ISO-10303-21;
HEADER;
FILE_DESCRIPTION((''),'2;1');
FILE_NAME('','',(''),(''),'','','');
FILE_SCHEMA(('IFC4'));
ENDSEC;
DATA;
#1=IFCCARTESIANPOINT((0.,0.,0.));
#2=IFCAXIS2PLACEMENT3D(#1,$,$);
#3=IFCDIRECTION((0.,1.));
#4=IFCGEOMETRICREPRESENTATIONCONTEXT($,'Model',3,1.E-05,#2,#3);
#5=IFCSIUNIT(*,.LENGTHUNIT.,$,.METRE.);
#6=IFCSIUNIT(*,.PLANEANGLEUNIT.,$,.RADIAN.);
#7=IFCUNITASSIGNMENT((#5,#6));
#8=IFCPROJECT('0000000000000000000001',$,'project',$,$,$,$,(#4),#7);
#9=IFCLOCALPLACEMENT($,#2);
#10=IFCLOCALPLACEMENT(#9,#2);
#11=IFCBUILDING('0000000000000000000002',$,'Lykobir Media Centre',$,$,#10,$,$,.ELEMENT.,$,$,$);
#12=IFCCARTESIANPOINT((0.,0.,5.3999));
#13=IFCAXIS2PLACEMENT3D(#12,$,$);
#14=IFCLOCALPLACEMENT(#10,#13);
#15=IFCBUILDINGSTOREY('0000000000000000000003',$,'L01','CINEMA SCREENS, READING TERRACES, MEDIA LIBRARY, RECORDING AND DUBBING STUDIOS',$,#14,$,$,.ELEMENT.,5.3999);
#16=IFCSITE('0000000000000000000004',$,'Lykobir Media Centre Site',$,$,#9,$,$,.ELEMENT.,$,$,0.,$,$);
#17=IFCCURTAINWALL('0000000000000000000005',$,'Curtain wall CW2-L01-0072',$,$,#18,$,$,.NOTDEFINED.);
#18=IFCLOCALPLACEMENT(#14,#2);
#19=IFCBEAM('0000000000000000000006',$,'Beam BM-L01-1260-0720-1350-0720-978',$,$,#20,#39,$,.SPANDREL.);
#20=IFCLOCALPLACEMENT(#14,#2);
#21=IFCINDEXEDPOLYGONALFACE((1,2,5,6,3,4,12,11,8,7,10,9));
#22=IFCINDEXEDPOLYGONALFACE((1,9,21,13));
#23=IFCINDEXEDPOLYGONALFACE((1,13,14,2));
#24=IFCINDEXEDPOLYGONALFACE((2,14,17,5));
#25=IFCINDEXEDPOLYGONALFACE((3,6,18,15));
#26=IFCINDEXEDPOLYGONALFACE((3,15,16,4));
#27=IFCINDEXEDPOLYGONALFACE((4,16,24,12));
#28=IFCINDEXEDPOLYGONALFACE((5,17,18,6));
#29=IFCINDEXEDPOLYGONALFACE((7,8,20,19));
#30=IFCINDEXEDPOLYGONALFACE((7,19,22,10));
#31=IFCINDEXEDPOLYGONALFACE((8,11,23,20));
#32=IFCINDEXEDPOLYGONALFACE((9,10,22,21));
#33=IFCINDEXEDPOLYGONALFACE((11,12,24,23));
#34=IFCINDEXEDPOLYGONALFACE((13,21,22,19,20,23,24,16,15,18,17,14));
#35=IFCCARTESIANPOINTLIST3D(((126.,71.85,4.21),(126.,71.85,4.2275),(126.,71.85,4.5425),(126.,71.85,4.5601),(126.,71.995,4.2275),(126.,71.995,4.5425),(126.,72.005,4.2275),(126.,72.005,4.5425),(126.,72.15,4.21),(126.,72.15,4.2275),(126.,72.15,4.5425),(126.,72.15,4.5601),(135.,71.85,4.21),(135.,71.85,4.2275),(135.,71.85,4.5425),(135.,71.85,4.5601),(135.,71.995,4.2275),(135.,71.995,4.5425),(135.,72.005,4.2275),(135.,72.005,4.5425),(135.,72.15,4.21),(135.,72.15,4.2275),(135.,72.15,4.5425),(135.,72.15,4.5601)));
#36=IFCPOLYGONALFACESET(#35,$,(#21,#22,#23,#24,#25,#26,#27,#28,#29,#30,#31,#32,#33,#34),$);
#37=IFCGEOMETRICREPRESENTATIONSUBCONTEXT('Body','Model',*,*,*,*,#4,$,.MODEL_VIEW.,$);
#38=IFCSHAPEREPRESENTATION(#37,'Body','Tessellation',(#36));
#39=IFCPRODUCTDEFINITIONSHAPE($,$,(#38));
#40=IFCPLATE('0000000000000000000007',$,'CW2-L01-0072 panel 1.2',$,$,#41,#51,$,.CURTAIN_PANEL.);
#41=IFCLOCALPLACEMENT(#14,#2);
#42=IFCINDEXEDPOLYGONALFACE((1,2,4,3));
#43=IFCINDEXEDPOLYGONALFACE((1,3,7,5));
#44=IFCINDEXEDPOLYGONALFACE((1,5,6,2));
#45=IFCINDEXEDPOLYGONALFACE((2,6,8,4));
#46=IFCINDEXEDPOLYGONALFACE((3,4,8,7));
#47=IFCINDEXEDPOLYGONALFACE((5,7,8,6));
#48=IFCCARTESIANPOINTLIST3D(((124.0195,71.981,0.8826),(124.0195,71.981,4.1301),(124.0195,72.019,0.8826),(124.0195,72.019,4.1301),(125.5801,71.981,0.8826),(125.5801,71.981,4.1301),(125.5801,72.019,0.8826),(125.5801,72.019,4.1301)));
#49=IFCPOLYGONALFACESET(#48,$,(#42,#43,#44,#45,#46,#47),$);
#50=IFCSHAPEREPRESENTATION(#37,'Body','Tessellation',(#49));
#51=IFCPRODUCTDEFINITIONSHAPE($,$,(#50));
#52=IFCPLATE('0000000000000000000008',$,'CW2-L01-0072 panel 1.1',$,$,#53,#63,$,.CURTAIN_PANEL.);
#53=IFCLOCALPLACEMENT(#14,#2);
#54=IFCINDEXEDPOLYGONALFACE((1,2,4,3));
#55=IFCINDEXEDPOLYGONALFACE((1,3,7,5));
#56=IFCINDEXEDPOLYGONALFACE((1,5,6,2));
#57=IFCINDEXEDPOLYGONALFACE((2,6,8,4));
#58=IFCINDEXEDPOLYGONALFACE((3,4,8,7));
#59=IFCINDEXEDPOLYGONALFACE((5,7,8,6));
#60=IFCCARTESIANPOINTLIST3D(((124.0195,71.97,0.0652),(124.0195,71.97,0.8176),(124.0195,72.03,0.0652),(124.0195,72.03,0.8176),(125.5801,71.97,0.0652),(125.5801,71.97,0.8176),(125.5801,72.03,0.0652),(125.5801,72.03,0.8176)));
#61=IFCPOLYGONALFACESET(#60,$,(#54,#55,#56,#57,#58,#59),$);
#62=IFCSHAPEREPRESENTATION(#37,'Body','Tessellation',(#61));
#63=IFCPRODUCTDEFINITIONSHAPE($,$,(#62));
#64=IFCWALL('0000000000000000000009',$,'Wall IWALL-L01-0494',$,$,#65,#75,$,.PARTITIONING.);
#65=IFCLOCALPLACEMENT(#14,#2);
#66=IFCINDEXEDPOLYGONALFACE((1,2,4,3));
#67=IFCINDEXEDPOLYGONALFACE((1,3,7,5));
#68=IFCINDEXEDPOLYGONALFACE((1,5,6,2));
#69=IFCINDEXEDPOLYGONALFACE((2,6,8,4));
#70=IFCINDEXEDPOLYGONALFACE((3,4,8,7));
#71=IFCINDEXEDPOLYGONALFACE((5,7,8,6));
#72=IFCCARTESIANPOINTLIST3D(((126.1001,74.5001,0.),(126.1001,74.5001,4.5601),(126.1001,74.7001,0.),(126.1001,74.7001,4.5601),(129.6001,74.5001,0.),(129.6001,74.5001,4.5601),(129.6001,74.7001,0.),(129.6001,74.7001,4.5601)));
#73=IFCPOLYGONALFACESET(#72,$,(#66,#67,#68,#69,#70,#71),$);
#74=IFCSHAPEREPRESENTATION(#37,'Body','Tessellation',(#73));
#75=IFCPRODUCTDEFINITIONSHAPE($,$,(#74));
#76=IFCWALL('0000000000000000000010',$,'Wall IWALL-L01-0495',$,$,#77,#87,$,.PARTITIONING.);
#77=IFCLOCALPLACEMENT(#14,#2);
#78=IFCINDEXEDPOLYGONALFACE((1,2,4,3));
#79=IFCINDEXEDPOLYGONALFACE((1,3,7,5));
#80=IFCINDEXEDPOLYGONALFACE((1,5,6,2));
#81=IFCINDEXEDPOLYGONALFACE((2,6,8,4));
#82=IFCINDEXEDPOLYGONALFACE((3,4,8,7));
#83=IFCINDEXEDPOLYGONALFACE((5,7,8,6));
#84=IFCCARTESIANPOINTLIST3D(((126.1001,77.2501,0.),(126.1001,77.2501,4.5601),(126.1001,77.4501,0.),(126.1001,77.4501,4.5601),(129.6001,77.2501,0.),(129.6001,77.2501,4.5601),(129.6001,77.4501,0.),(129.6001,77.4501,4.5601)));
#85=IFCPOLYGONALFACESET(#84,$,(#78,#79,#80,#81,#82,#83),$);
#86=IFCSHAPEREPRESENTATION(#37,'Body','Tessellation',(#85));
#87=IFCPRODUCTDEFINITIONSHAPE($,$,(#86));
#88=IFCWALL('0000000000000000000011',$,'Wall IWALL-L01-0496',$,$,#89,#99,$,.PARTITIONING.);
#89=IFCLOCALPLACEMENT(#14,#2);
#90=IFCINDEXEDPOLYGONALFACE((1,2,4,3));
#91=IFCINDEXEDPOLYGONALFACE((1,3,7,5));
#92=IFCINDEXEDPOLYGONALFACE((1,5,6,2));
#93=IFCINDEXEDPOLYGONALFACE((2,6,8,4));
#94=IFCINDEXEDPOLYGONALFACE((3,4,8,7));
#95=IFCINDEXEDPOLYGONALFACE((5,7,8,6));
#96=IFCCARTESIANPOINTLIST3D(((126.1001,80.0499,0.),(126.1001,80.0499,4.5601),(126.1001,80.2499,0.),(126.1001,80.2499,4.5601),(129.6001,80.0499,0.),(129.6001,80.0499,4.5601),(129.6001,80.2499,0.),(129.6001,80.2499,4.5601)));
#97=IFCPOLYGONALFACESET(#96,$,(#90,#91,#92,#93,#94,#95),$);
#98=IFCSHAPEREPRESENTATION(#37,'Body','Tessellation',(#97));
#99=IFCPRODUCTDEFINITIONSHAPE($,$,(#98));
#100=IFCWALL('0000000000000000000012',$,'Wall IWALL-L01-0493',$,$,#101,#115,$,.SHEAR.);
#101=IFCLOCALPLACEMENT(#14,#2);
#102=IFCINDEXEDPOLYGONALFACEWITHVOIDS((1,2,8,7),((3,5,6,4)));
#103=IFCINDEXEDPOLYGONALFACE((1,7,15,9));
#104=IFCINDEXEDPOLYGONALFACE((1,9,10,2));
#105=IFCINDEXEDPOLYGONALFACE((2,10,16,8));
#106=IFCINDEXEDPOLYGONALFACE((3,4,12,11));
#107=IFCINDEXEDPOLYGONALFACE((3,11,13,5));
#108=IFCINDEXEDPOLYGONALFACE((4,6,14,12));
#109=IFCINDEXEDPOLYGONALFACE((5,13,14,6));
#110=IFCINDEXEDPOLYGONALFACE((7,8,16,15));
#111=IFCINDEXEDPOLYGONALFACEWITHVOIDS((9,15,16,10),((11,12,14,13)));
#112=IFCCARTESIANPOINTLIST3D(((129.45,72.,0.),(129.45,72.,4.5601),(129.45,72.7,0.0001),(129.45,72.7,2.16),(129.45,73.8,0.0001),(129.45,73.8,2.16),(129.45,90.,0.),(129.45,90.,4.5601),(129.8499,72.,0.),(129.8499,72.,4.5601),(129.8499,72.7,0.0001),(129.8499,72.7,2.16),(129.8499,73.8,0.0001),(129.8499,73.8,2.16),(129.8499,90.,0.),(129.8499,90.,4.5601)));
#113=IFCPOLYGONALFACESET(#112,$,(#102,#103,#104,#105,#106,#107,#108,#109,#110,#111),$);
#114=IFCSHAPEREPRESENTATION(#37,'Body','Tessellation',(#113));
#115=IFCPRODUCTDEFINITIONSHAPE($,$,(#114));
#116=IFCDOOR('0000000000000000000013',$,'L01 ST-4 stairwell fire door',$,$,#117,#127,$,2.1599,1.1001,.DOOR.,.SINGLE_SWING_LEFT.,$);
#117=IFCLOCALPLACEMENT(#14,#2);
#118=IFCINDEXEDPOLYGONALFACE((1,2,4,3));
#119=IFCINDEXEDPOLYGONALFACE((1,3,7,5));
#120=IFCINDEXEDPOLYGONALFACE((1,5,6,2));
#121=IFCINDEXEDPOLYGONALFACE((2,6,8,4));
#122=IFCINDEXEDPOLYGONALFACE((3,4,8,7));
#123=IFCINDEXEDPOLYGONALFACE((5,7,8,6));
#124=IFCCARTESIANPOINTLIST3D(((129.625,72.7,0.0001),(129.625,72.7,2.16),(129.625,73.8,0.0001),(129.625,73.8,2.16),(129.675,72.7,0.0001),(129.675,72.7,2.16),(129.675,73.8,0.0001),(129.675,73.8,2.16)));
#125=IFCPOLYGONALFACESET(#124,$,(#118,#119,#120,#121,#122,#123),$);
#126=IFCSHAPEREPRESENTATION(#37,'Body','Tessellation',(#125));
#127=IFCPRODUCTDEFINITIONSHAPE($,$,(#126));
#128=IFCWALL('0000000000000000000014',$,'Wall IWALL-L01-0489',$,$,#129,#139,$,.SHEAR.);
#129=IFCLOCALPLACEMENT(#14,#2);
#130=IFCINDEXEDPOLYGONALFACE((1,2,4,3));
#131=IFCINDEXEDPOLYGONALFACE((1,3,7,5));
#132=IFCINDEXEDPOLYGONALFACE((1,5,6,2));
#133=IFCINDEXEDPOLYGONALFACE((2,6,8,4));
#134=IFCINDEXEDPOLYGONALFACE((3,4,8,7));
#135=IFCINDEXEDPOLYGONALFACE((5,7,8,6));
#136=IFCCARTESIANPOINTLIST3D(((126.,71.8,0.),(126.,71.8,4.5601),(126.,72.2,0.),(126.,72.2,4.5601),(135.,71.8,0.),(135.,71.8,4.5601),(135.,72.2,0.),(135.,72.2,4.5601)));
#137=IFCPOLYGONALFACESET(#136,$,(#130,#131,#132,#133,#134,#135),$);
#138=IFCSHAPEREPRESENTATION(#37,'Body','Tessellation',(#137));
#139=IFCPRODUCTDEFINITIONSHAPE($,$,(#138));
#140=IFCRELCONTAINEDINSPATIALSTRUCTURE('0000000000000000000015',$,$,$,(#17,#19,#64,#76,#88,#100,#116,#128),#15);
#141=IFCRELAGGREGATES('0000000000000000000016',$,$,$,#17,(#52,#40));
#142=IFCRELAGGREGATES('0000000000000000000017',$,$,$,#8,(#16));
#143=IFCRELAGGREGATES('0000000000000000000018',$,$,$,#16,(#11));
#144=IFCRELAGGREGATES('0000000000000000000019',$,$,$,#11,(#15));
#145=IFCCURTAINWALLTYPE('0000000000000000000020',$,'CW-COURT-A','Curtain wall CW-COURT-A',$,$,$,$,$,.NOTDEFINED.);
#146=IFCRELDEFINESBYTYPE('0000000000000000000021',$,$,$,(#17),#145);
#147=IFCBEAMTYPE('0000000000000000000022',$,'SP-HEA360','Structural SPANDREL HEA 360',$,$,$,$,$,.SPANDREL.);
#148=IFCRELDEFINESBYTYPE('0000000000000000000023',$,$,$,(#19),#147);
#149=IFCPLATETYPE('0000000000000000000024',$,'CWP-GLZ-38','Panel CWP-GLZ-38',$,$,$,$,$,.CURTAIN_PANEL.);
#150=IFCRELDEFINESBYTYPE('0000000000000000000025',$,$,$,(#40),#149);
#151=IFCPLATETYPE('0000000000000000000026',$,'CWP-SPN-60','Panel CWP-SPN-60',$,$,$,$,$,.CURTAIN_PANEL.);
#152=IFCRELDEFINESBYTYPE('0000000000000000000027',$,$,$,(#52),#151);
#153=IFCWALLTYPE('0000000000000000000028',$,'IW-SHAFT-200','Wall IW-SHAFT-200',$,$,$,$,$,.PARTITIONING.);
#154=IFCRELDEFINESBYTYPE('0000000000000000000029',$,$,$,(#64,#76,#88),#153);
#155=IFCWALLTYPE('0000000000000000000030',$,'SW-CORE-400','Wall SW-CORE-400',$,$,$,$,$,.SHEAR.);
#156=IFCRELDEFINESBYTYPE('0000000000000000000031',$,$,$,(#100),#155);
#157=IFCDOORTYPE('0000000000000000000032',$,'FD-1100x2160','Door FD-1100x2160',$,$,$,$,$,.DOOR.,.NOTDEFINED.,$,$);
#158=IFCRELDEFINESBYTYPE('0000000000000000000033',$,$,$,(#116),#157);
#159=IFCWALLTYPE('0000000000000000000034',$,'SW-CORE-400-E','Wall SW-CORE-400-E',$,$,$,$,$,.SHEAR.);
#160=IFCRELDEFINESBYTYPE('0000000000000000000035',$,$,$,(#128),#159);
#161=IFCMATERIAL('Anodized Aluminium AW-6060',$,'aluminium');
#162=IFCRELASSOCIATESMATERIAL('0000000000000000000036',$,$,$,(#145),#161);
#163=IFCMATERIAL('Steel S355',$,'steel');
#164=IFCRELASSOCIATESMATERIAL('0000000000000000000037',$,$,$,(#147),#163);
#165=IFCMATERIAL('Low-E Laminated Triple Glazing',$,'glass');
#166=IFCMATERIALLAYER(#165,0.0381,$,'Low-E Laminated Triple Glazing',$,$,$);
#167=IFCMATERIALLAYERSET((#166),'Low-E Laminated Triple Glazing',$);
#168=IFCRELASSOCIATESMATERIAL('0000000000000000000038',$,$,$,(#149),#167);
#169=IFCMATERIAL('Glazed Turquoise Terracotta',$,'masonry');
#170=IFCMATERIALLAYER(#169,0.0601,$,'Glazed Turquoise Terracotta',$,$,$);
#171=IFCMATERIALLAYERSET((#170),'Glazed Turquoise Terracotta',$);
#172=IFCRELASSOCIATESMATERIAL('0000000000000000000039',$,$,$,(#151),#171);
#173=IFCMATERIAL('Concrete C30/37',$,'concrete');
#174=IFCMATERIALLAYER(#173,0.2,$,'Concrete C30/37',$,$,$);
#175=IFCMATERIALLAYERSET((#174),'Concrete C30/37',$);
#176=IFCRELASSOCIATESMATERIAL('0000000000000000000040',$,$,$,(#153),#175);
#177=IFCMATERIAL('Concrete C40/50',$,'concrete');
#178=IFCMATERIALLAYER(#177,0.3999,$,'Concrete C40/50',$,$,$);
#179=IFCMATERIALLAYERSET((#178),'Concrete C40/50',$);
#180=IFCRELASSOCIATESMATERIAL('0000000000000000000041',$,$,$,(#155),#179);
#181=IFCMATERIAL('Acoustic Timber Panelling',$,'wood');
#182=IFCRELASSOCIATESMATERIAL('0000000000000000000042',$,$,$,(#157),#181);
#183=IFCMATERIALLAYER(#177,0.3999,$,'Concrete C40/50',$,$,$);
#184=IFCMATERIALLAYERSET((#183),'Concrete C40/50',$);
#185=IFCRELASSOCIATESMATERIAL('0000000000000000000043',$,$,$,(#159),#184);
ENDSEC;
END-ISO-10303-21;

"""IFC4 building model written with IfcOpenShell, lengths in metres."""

from ifc_helpers import new_model, si_unit, direction, frame, frame_2d, origin, origin_2d, place, context, subcontext, project, spatial, rectangle, i_section, extrude, material, layer, layer_set, material_profile, profile_set, type_object, element, fill, aggregate, save


model = new_model("IFC4")

# Units and contexts
model_context = context("Model", 3, precision=1e-05, world=origin(), true_north=direction((0.0, 1.0)))
body_context = subcontext(model_context, "Body", "Model", "MODEL_VIEW")
ifc_project = project(units=[si_unit("LENGTHUNIT", "METRE"), si_unit("PLANEANGLEUNIT", "RADIAN")], contexts=[model_context])

# Site, building, storey
site_placement = place(None, origin())
site = spatial("IfcSite", under=ifc_project, at=site_placement, Name="Lykobir Media Centre Site", CompositionType="ELEMENT", RefElevation=0.0)
building_placement = place(site_placement, origin())
building = spatial("IfcBuilding", under=site, at=building_placement, Name="Lykobir Media Centre", CompositionType="ELEMENT")
storey_placement = place(building_placement, frame((0.0, 0.0, 5.3999)))
storey = spatial("IfcBuildingStorey", under=building, at=storey_placement, Name="L01", Description="CINEMA SCREENS, READING TERRACES, MEDIA LIBRARY, RECORDING AND DUBBING STUDIOS", CompositionType="ELEMENT", Elevation=5.3999)

# Shared definitions
ifc_material_1 = material(Name="Concrete C40/50", Category="concrete")

# Shared definitions
ifc_material_2 = material(Name="Steel S355", Category="steel")

# Curtain wall
ifc_material_3 = material(Name="Anodized Aluminium AW-6060", Category="aluminium")
curtain_wall_type = type_object("IfcCurtainWallType", Name="CW-COURT-A", Description="Curtain wall CW-COURT-A", PredefinedType="NOTDEFINED", material=ifc_material_3)
curtain_wall_placement = place(storey_placement, origin())
curtain_wall = element("IfcCurtainWall", 1, at=curtain_wall_placement, inside=storey, type_object=curtain_wall_type, Name="Curtain wall CW2-L01-0072", PredefinedType="NOTDEFINED")

# Beam
ifc_material_profile_1 = material_profile(ifc_material_2, i_section(OverallWidth=0.3, OverallDepth=0.3501, WebThickness=0.01, FlangeThickness=0.0176, at=origin_2d()), Name="HEA 360")
ifc_profile_set_1 = profile_set([ifc_material_profile_1], Name="Steel S355")
beam_type_1 = type_object("IfcBeamType", Name="SP-HEA360", Description="Structural SPANDREL HEA 360", PredefinedType="SPANDREL", material=ifc_profile_set_1)
beam_1_placement = place(storey_placement, frame((126.0, 72.0, 4.385), z_axis=(1.0, 0.0, 0.0), x_axis=(0.0, 1.0, 0.0)))
element("IfcBeam", 2, at=beam_1_placement, inside=storey, type_object=beam_type_1, Name="Beam BM-L01-1260-0720-1350-0720-978", PredefinedType="SPANDREL", context=body_context, shape_type="SweptSolid", body=[
    extrude(i_section(OverallWidth=0.3, OverallDepth=0.3501, WebThickness=0.01, FlangeThickness=0.0176, at=origin_2d()), origin(), (0.0, 0.0, 1.0), 9.0),
])

# Plates
ifc_material_4 = material(Name="Low-E Laminated Triple Glazing", Category="glass")
ifc_layer_1 = layer(ifc_material_4, 0.0381, Name="Low-E Laminated Triple Glazing")
ifc_layer_set_1 = layer_set([ifc_layer_1], Name="Low-E Laminated Triple Glazing")
plate_type_1 = type_object("IfcPlateType", Name="CWP-GLZ-38", Description="Panel CWP-GLZ-38", PredefinedType="CURTAIN_PANEL", material=ifc_layer_set_1)
plate_1_placement = place(storey_placement, frame((124.7998, 72.0, 0.8826), z_axis=(0.0, 0.0, 1.0), x_axis=(-1.0, 0.0, 0.0)))
plate_1 = element("IfcPlate", 3, at=plate_1_placement, type_object=plate_type_1, Name="CW2-L01-0072 panel 1.2", PredefinedType="CURTAIN_PANEL", context=body_context, shape_type="SweptSolid", body=[
    extrude(rectangle(XDim=1.5605, YDim=0.0381, at=origin_2d()), origin(), (0.0, 0.0, 1.0), 3.2476),
])
ifc_material_5 = material(Name="Glazed Turquoise Terracotta", Category="masonry")
ifc_layer_2 = layer(ifc_material_5, 0.0601, Name="Glazed Turquoise Terracotta")
ifc_layer_set_2 = layer_set([ifc_layer_2], Name="Glazed Turquoise Terracotta")
plate_type_2 = type_object("IfcPlateType", Name="CWP-SPN-60", Description="Panel CWP-SPN-60", PredefinedType="CURTAIN_PANEL", material=ifc_layer_set_2)
plate_2_placement = place(storey_placement, frame((124.7998, 72.0, 0.0652), z_axis=(0.0, 0.0, 1.0), x_axis=(-1.0, 0.0, 0.0)))
plate_2 = element("IfcPlate", 4, at=plate_2_placement, type_object=plate_type_2, Name="CW2-L01-0072 panel 1.1", PredefinedType="CURTAIN_PANEL", context=body_context, shape_type="SweptSolid", body=[
    extrude(rectangle(XDim=1.5605, YDim=0.0601, at=origin_2d()), origin(), (0.0, 0.0, 1.0), 0.7524),
])
aggregate(curtain_wall, [plate_2, plate_1])

# Walls
ifc_material_6 = material(Name="Concrete C30/37", Category="concrete")
ifc_layer_3 = layer(ifc_material_6, 0.2, Name="Concrete C30/37")
ifc_layer_set_3 = layer_set([ifc_layer_3], Name="Concrete C30/37")
wall_type_1 = type_object("IfcWallType", Name="IW-SHAFT-200", Description="Wall IW-SHAFT-200", PredefinedType="PARTITIONING", material=ifc_layer_set_3)
for number, where, z_axis, x_axis, name in (
    (5, (126.1001, 74.6001, 0.0), (0.0, 0.0, 1.0), (1.0, 0.0, 0.0), "Wall IWALL-L01-0494"),
    (6, (126.1001, 77.3501, 0.0), (0.0, 0.0, 1.0), (1.0, 0.0, 0.0), "Wall IWALL-L01-0495"),
    (7, (126.1001, 80.1499, 0.0), (0.0, 0.0, 1.0), (1.0, 0.0, 0.0), "Wall IWALL-L01-0496"),
):
    element("IfcWall", number, at=place(storey_placement, frame(where, z_axis=z_axis, x_axis=x_axis)), inside=storey, type_object=wall_type_1, Name=name, PredefinedType="PARTITIONING", context=body_context, shape_type="SweptSolid", body=[
        extrude(rectangle(XDim=3.5, YDim=0.2, at=frame_2d((1.75, 0.0))), origin(), (0.0, 0.0, 1.0), 4.5601),
    ])

# Wall, opening, door
ifc_layer_4 = layer(ifc_material_1, 0.3999, Name="Concrete C40/50")
ifc_layer_set_4 = layer_set([ifc_layer_4], Name="Concrete C40/50")
wall_type_2 = type_object("IfcWallType", Name="SW-CORE-400", Description="Wall SW-CORE-400", PredefinedType="SHEAR", material=ifc_layer_set_4)
wall_1_placement = place(storey_placement, frame((129.6499, 72.0, 0.0), z_axis=(0.0, 0.0, 1.0), x_axis=(0.0, 1.0, 0.0)))
wall_1 = element("IfcWall", 8, at=wall_1_placement, inside=storey, type_object=wall_type_2, Name="Wall IWALL-L01-0493", PredefinedType="SHEAR", context=body_context, shape_type="SweptSolid", body=[
    extrude(rectangle(XDim=18.0, YDim=0.3999, at=frame_2d((9.0, 0.0))), origin(), (0.0, 0.0, 1.0), 4.5601),
])
opening_placement = place(wall_1_placement, frame((0.7, 0.0, 0.0)))
opening = element("IfcOpeningElement", 9, at=opening_placement, cuts=wall_1, PredefinedType="OPENING", context=body_context, shape_type="SweptSolid", body=[
    extrude(rectangle(XDim=1.1001, YDim=2.1599, at=frame_2d((0.55, 1.0801))), frame((0.0, 0.21, 0.0), z_axis=(0.0, -1.0, 0.0), x_axis=(1.0, 0.0, 0.0)), (0.0, 0.0, 1.0), 0.4199),
])
ifc_material_7 = material(Name="Acoustic Timber Panelling", Category="wood")
door_type = type_object("IfcDoorType", Name="FD-1100x2160", Description="Door FD-1100x2160", OperationType="NOTDEFINED", PredefinedType="DOOR", material=ifc_material_7)
door_placement = place(opening_placement, origin())
door = element("IfcDoor", 10, at=door_placement, inside=storey, type_object=door_type, Name="L01 ST-4 stairwell fire door", OperationType="SINGLE_SWING_LEFT", OverallHeight=2.1599, OverallWidth=1.1001, PredefinedType="DOOR", context=body_context, shape_type="SweptSolid", body=[
    extrude(rectangle(XDim=1.1001, YDim=2.1599, at=frame_2d((0.55, 1.0801))), frame((0.0, 0.0249, 0.0), z_axis=(0.0, -1.0, 0.0), x_axis=(1.0, 0.0, 0.0)), (0.0, 0.0, 1.0), 0.05),
])
fill(opening, door)

# Wall
ifc_layer_5 = layer(ifc_material_1, 0.3999, Name="Concrete C40/50")
ifc_layer_set_5 = layer_set([ifc_layer_5], Name="Concrete C40/50")
wall_type_3 = type_object("IfcWallType", Name="SW-CORE-400-E", Description="Wall SW-CORE-400-E", PredefinedType="SHEAR", material=ifc_layer_set_5)
wall_2_placement = place(storey_placement, frame((126.0, 72.0, 0.0), z_axis=(0.0, 0.0, 1.0), x_axis=(1.0, 0.0, 0.0)))
element("IfcWall", 11, at=wall_2_placement, inside=storey, type_object=wall_type_3, Name="Wall IWALL-L01-0489", PredefinedType="SHEAR", context=body_context, shape_type="SweptSolid", body=[
    extrude(rectangle(XDim=9.0, YDim=0.3999, at=frame_2d((4.5, 0.0))), origin(), (0.0, 0.0, 1.0), 4.5601),
])

save(model, "model.ifc")
